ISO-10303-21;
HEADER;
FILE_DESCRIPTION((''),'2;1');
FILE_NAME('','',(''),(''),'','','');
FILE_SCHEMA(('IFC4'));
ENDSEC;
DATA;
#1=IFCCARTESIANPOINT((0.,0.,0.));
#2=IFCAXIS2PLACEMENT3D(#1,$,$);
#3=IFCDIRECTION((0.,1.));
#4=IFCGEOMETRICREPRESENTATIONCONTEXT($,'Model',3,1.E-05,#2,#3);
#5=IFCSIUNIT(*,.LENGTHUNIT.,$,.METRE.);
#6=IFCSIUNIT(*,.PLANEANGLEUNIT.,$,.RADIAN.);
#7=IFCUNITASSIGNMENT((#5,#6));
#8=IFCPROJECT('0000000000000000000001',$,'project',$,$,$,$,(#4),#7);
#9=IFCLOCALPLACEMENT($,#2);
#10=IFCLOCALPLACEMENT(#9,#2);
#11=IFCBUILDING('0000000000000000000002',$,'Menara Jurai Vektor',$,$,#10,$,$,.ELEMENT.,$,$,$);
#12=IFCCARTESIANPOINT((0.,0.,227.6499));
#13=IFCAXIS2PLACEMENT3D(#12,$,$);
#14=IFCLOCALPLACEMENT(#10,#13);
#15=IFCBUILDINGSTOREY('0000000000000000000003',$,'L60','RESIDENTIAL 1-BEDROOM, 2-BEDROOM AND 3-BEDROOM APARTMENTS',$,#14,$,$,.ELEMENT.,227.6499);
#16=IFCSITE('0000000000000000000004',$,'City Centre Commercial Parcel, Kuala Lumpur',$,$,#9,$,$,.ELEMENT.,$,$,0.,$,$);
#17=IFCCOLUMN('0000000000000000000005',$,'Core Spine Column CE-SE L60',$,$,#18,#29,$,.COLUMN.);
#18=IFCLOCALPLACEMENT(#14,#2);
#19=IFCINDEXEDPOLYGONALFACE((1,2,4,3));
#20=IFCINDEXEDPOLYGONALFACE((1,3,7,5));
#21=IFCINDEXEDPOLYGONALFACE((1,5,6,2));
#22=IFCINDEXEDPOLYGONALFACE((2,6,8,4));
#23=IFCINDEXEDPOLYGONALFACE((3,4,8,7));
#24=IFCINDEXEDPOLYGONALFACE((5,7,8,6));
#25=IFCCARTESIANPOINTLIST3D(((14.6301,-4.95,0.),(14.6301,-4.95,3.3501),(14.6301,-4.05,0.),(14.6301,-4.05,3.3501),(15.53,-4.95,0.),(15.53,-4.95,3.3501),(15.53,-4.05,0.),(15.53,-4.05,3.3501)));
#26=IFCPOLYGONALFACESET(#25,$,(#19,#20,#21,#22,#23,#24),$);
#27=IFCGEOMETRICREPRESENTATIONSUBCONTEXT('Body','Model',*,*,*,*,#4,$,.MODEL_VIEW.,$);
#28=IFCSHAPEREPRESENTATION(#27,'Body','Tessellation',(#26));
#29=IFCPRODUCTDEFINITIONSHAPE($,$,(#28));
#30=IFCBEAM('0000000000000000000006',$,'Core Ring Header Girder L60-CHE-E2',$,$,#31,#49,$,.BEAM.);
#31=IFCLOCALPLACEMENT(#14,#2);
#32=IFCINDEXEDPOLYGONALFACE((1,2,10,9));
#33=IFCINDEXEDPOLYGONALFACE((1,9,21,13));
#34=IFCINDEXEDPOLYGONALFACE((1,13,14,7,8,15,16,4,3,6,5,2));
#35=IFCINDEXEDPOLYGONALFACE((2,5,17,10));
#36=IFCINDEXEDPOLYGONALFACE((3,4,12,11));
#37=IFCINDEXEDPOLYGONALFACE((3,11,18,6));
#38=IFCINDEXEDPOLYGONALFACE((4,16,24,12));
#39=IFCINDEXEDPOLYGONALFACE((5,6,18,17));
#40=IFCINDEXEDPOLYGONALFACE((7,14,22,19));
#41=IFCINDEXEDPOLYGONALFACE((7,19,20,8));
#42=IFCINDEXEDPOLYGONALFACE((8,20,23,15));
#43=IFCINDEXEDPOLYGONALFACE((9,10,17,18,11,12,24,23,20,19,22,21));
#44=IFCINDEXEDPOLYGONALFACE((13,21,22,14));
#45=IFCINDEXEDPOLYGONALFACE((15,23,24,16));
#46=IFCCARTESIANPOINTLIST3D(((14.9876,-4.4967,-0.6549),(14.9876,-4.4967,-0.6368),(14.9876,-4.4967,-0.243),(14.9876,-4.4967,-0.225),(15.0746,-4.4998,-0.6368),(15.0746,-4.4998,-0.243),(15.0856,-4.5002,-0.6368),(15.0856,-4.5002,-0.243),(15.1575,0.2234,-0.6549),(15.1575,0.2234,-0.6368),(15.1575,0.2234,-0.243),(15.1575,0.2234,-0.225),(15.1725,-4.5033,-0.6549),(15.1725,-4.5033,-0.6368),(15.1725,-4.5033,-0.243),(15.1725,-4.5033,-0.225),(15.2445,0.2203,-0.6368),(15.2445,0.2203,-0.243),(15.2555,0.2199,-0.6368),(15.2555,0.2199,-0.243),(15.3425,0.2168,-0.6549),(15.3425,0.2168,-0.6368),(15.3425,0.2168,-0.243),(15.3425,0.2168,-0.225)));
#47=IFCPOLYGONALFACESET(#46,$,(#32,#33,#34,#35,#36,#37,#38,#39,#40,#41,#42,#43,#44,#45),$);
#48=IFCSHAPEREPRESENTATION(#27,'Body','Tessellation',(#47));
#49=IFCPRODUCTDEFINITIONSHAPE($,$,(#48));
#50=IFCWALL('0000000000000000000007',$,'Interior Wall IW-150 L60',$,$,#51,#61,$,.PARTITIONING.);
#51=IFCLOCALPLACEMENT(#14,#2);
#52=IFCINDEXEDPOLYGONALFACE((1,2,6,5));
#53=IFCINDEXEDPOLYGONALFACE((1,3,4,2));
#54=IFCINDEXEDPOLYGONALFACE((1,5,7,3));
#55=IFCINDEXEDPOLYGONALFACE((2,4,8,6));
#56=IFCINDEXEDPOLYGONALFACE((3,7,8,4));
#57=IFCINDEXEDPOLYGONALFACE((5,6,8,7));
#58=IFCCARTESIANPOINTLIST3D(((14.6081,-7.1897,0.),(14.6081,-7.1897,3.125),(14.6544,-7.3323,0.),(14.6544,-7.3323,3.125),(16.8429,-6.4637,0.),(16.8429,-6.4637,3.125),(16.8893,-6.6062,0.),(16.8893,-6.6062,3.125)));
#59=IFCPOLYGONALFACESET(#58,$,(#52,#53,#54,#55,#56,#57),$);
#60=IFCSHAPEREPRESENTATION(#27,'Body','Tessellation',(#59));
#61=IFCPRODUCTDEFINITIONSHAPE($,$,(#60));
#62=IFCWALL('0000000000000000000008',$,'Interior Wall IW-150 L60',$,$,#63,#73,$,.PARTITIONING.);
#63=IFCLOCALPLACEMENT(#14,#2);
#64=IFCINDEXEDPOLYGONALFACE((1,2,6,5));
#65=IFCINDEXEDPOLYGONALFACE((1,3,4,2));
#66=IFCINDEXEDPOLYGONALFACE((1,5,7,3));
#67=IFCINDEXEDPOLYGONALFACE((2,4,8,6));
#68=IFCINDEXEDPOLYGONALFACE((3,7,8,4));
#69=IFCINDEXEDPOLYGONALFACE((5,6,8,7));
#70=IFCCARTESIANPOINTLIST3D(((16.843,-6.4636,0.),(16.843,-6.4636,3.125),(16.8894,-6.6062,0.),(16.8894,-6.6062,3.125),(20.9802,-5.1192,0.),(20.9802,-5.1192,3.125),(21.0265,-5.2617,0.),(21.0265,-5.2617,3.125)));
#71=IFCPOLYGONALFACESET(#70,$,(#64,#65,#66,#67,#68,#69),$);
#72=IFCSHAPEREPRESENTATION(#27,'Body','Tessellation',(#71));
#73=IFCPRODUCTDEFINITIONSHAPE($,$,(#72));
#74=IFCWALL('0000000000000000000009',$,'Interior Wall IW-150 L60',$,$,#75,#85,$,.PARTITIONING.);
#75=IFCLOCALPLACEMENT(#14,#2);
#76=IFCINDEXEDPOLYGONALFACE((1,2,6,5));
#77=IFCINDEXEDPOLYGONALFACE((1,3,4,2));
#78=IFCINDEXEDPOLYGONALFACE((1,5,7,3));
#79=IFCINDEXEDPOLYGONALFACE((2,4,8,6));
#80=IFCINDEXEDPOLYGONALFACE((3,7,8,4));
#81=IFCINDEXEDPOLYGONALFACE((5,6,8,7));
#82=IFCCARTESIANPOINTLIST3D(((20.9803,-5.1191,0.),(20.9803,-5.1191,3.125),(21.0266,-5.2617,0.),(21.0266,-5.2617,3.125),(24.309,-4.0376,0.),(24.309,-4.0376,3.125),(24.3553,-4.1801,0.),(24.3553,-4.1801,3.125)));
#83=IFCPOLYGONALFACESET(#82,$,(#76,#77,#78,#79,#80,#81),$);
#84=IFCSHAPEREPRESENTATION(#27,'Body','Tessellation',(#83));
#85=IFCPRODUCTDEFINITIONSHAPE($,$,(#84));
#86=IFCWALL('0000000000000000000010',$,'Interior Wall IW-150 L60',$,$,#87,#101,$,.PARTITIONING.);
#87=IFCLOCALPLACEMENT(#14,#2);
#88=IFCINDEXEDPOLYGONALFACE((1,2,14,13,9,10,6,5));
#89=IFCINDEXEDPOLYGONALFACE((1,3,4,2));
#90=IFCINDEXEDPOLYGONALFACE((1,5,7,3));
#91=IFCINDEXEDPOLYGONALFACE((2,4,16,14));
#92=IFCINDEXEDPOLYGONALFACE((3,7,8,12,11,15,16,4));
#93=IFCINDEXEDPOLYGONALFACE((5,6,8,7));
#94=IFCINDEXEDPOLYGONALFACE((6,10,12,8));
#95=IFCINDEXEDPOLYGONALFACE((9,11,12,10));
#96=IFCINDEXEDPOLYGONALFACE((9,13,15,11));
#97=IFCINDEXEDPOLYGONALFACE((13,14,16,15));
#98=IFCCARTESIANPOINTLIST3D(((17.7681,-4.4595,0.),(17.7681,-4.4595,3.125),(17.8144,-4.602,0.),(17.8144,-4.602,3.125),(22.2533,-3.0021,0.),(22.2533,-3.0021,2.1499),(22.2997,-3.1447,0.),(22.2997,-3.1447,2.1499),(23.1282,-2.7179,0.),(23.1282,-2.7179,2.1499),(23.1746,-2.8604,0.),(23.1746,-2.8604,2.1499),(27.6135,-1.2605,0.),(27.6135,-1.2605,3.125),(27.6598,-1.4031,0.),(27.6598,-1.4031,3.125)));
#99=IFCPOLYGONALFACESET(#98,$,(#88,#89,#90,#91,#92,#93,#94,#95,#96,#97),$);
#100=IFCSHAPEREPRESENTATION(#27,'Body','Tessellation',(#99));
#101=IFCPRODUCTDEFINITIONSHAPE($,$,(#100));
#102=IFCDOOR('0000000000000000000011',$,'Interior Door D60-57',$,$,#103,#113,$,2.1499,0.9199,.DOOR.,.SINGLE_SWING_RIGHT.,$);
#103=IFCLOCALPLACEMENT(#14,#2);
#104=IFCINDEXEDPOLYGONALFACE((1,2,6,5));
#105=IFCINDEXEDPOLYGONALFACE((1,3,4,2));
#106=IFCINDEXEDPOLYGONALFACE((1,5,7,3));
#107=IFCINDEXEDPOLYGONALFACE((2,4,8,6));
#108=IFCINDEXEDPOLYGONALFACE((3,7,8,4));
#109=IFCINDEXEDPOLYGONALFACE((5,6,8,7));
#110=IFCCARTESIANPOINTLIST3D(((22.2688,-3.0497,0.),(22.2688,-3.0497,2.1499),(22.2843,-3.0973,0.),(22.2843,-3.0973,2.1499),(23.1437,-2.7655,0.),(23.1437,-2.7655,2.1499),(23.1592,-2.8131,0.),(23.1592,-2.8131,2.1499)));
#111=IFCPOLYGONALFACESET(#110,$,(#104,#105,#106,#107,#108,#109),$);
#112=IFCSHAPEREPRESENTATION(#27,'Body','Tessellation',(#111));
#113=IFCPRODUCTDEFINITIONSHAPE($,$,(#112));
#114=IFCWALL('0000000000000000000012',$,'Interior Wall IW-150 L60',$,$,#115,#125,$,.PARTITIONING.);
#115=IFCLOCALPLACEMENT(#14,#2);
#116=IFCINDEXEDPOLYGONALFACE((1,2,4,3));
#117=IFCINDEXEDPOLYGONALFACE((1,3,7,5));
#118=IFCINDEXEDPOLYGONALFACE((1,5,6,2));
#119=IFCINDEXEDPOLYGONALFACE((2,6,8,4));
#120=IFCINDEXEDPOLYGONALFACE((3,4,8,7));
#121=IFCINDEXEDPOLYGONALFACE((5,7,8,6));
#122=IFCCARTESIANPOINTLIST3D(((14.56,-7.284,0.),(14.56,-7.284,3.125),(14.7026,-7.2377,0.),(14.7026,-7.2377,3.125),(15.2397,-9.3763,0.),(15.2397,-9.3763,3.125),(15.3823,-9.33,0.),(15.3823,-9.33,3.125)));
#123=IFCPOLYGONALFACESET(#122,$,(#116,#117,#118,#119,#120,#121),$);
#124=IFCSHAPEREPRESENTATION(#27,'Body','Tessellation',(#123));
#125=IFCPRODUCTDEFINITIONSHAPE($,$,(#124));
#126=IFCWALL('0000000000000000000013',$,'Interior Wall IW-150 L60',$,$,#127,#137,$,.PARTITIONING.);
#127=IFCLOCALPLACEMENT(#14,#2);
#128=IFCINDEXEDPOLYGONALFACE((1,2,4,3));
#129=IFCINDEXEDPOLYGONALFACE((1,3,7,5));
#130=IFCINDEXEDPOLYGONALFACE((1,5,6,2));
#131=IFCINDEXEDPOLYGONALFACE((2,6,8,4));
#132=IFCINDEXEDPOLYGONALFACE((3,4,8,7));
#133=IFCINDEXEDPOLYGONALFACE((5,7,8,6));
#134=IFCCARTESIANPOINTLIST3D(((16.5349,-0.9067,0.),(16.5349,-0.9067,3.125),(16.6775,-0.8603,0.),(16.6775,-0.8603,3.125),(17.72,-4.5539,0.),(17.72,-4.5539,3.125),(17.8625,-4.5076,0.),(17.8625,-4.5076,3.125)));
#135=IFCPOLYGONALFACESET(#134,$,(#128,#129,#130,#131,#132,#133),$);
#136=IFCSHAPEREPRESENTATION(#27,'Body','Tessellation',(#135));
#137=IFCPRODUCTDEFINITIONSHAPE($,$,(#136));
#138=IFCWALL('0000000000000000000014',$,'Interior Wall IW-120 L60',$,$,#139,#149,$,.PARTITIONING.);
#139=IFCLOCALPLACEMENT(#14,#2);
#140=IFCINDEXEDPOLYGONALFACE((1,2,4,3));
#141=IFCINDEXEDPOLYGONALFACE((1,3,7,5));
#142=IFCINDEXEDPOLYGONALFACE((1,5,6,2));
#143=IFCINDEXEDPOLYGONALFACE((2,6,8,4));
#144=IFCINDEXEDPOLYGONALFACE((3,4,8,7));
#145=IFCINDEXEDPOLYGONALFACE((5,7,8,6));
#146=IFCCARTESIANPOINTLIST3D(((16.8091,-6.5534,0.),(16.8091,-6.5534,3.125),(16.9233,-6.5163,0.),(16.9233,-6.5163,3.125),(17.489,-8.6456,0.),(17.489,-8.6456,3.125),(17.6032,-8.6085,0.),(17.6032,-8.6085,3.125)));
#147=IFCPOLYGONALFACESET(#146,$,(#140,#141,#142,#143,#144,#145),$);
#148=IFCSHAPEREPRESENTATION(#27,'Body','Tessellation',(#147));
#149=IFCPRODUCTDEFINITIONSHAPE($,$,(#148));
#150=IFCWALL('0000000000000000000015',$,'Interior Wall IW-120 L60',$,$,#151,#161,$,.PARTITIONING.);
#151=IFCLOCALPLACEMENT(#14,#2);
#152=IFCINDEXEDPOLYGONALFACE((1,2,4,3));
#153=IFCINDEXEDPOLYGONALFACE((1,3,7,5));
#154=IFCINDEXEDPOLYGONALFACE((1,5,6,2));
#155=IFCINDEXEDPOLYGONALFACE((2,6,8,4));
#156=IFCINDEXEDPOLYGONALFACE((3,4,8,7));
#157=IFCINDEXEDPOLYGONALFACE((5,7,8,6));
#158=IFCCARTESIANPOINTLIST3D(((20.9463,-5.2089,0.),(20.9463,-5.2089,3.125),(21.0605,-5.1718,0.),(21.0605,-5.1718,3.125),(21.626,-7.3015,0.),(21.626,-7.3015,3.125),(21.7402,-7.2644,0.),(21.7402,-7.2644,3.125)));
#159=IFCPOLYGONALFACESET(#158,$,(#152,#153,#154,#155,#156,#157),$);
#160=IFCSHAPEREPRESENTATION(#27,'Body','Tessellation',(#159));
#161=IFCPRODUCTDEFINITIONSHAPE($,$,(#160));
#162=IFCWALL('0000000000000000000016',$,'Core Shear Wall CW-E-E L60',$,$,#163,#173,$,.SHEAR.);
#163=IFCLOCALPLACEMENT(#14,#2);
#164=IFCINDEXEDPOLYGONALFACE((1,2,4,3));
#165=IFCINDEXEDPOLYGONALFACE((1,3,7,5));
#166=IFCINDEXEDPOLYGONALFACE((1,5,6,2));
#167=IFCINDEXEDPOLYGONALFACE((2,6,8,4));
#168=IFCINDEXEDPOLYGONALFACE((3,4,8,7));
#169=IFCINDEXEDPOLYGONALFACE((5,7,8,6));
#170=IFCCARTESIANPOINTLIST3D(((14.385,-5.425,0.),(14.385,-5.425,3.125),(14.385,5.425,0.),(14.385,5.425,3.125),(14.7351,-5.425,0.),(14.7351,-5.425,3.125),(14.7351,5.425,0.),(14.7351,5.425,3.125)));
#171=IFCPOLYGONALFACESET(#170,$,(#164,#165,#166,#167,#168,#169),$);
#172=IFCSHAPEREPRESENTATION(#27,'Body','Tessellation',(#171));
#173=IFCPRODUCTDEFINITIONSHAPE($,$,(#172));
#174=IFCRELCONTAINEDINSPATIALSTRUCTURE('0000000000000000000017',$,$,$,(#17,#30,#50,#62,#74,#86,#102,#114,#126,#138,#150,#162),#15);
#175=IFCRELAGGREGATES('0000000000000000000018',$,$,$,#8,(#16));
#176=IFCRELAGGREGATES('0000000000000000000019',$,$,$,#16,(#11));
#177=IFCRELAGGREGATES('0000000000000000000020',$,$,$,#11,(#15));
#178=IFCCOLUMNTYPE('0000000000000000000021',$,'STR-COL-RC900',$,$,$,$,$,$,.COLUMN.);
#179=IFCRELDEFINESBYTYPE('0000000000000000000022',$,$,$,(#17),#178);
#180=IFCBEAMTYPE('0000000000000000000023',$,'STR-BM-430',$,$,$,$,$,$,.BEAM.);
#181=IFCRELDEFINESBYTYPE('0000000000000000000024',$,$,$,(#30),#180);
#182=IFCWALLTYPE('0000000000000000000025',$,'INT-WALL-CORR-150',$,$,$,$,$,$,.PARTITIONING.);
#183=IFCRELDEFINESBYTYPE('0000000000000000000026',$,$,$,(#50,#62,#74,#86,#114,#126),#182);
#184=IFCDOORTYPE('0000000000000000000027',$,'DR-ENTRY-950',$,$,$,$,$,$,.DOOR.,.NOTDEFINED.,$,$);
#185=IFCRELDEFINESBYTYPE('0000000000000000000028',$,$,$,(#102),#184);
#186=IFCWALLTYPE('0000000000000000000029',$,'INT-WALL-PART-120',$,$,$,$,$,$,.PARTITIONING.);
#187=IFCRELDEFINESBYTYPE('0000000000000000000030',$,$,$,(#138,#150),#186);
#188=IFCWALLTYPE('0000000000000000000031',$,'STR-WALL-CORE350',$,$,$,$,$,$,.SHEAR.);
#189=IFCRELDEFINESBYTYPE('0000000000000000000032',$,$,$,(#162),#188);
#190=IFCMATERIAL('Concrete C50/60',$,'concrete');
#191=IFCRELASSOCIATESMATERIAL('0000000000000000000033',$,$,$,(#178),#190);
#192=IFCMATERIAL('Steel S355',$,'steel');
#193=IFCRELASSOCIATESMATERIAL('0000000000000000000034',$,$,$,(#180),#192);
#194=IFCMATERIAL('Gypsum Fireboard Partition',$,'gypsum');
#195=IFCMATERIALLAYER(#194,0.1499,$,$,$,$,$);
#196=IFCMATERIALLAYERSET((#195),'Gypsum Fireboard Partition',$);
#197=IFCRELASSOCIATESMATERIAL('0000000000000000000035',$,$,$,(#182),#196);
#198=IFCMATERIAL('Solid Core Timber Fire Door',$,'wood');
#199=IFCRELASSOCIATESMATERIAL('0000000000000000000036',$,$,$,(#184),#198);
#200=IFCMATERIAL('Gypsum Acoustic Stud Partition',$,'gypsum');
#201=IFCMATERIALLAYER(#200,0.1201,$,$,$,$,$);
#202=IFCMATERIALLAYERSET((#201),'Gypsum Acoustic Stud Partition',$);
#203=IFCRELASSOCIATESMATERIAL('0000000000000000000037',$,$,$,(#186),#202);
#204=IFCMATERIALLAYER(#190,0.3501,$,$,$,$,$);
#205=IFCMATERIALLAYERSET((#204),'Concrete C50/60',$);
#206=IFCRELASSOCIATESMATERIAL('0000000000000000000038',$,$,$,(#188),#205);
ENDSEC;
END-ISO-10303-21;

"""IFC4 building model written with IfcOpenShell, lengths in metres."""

from ifc_helpers import new_model, si_unit, direction, frame, frame_2d, origin, origin_2d, place, context, subcontext, project, spatial, rectangle, i_section, extrude, material, layer, layer_set, material_profile, profile_set, type_object, element, fill, save


model = new_model("IFC4")

# Units and contexts
model_context = context("Model", 3, precision=1e-05, world=origin(), true_north=direction((0.0, 1.0)))
body_context = subcontext(model_context, "Body", "Model", "MODEL_VIEW")
ifc_project = project(units=[si_unit("LENGTHUNIT", "METRE"), si_unit("PLANEANGLEUNIT", "RADIAN")], contexts=[model_context])

# Site, building, storey
site_placement = place(None, origin())
site = spatial("IfcSite", under=ifc_project, at=site_placement, Name="City Centre Commercial Parcel, Kuala Lumpur", CompositionType="ELEMENT", RefElevation=0.0)
building_placement = place(site_placement, origin())
building = spatial("IfcBuilding", under=site, at=building_placement, Name="Menara Jurai Vektor", CompositionType="ELEMENT")
storey_placement = place(building_placement, frame((0.0, 0.0, 227.6499)))
storey = spatial("IfcBuildingStorey", under=building, at=storey_placement, Name="L60", Description="RESIDENTIAL 1-BEDROOM, 2-BEDROOM AND 3-BEDROOM APARTMENTS", CompositionType="ELEMENT", Elevation=227.6499)

# Column
ifc_material_1 = material(Name="Concrete C50/60", Category="concrete")
ifc_material_profile_1 = material_profile(ifc_material_1, rectangle(XDim=0.8999, YDim=0.8999, at=origin_2d()), Name="RC 900x900")
ifc_profile_set_1 = profile_set([ifc_material_profile_1], Name="Concrete C50/60")
column_type = type_object("IfcColumnType", Name="STR-COL-RC900", PredefinedType="COLUMN", material=ifc_profile_set_1)
column_placement = place(storey_placement, frame((15.0801, -4.5, 0.0), z_axis=(0.0, 0.0, 1.0), x_axis=(1.0, 0.0, 0.0)))
element("IfcColumn", 1, at=column_placement, inside=storey, type_object=column_type, Name="Core Spine Column CE-SE L60", PredefinedType="COLUMN", context=body_context, shape_type="SweptSolid", body=[
    extrude(rectangle(XDim=0.8999, YDim=0.8999, at=origin_2d()), origin(), (0.0, 0.0, 1.0), 3.3501),
])

# Beam
ifc_material_2 = material(Name="Steel S355", Category="steel")
ifc_material_profile_2 = material_profile(ifc_material_2, i_section(OverallWidth=0.1851, OverallDepth=0.4299, WebThickness=0.011, FlangeThickness=0.0181, at=origin_2d()), Name="PG 430x185x76")
ifc_profile_set_2 = profile_set([ifc_material_profile_2], Name="Steel S355")
beam_type = type_object("IfcBeamType", Name="STR-BM-430", PredefinedType="BEAM", material=ifc_profile_set_2)
beam_placement = place(storey_placement, frame((15.0801, -4.5, -0.4399), z_axis=(0.035977, 0.999353, 0.0), x_axis=(-0.999353, 0.035977, 0.0)))
element("IfcBeam", 2, at=beam_placement, inside=storey, type_object=beam_type, Name="Core Ring Header Girder L60-CHE-E2", PredefinedType="BEAM", context=body_context, shape_type="SweptSolid", body=[
    extrude(i_section(OverallWidth=0.1851, OverallDepth=0.4299, WebThickness=0.011, FlangeThickness=0.0181, at=origin_2d()), origin(), (0.0, 0.0, 1.0), 4.7231),
])

# Walls
ifc_material_3 = material(Name="Gypsum Fireboard Partition", Category="gypsum")
ifc_layer_1 = layer(ifc_material_3, 0.1499)
ifc_layer_set_1 = layer_set([ifc_layer_1], Name="Gypsum Fireboard Partition")
wall_type_1 = type_object("IfcWallType", Name="INT-WALL-CORR-150", PredefinedType="PARTITIONING", material=ifc_layer_set_1)
wall_1_placement = place(storey_placement, frame((14.6313, -7.261, 0.0), z_axis=(0.0, 0.0, 1.0), x_axis=(0.951066, 0.308987, 0.0)))
element("IfcWall", 3, at=wall_1_placement, inside=storey, type_object=wall_type_1, Name="Interior Wall IW-150 L60", PredefinedType="PARTITIONING", context=body_context, shape_type="SweptSolid", body=[
    extrude(rectangle(XDim=2.3499, YDim=0.1499, at=frame_2d((1.1748, 0.0))), origin(), (0.0, 0.0, 1.0), 3.125),
])
wall_2_placement = place(storey_placement, frame((16.8662, -6.5349, 0.0), z_axis=(0.0, 0.0, 1.0), x_axis=(0.951041, 0.309063, 0.0)))
element("IfcWall", 4, at=wall_2_placement, inside=storey, type_object=wall_type_1, Name="Interior Wall IW-150 L60", PredefinedType="PARTITIONING", context=body_context, shape_type="SweptSolid", body=[
    extrude(rectangle(XDim=4.3501, YDim=0.1499, at=frame_2d((2.175, 0.0))), origin(), (0.0, 0.0, 1.0), 3.125),
])
wall_3_placement = place(storey_placement, frame((21.0034, -5.1904, 0.0), z_axis=(0.0, 0.0, 1.0), x_axis=(0.951056, 0.30902, 0.0)))
element("IfcWall", 5, at=wall_3_placement, inside=storey, type_object=wall_type_1, Name="Interior Wall IW-150 L60", PredefinedType="PARTITIONING", context=body_context, shape_type="SweptSolid", body=[
    extrude(rectangle(XDim=3.5, YDim=0.1499, at=frame_2d((1.75, 0.0))), origin(), (0.0, 0.0, 1.0), 3.125),
])

# Wall, opening, door
ifc_material_4 = material(Name="Solid Core Timber Fire Door", Category="wood")
door_type_1 = type_object("IfcDoorType", Name="DR-ENTRY-950", OperationType="NOTDEFINED", PredefinedType="DOOR", material=ifc_material_4)
wall_4_placement = place(storey_placement, frame((17.7913, -4.5308, 0.0), z_axis=(0.0, 0.0, 1.0), x_axis=(0.951057, 0.309016, 0.0)))
wall_4 = element("IfcWall", 6, at=wall_4_placement, inside=storey, type_object=wall_type_1, Name="Interior Wall IW-150 L60", PredefinedType="PARTITIONING", context=body_context, shape_type="SweptSolid", body=[
    extrude(rectangle(XDim=10.3521, YDim=0.1499, at=frame_2d((5.176, 0.0))), origin(), (0.0, 0.0, 1.0), 3.125),
])
opening_1_placement = place(wall_4_placement, frame((4.7161, 0.0, 0.0)))
opening_1 = element("IfcOpeningElement", 7, at=opening_1_placement, cuts=wall_4, PredefinedType="OPENING", context=body_context, shape_type="SweptSolid", body=[
    extrude(rectangle(XDim=0.9199, YDim=2.1499, at=frame_2d((0.46, 1.075))), frame((0.0, 0.085, 0.0), z_axis=(0.0, -1.0, 0.0), x_axis=(1.0, 0.0, 0.0)), (0.0, 0.0, 1.0), 0.1699),
])
door_1_placement = place(opening_1_placement, origin())
door_1 = element("IfcDoor", 8, at=door_1_placement, inside=storey, type_object=door_type_1, Name="Interior Door D60-57", OperationType="SINGLE_SWING_RIGHT", OverallHeight=2.1499, OverallWidth=0.9199, PredefinedType="DOOR", context=body_context, shape_type="SweptSolid", body=[
    extrude(rectangle(XDim=0.9199, YDim=2.1499, at=frame_2d((0.46, 1.075))), frame((0.0, 0.0249, 0.0), z_axis=(0.0, -1.0, 0.0), x_axis=(1.0, 0.0, 0.0)), (0.0, 0.0, 1.0), 0.05),
])
fill(opening_1, door_1)

# Wall
wall_5_placement = place(storey_placement, frame((15.311, -9.3533, 0.0), z_axis=(0.0, 0.0, 1.0), x_axis=(-0.308961, 0.951075, 0.0)))
element("IfcWall", 9, at=wall_5_placement, inside=storey, type_object=wall_type_1, Name="Interior Wall IW-150 L60", PredefinedType="PARTITIONING", context=body_context, shape_type="SweptSolid", body=[
    extrude(rectangle(XDim=2.2, YDim=0.1499, at=frame_2d((1.1001, 0.0))), origin(), (0.0, 0.0, 1.0), 3.125),
])

# Walls
wall_6_placement = place(storey_placement, frame((17.7913, -4.5308, 0.0), z_axis=(0.0, 0.0, 1.0), x_axis=(-0.309018, 0.951056, 0.0)))
element("IfcWall", 10, at=wall_6_placement, inside=storey, type_object=wall_type_1, Name="Interior Wall IW-150 L60", PredefinedType="PARTITIONING", context=body_context, shape_type="SweptSolid", body=[
    extrude(rectangle(XDim=3.835, YDim=0.1499, at=frame_2d((1.9175, 0.0))), origin(), (0.0, 0.0, 1.0), 3.125),
])
ifc_material_5 = material(Name="Gypsum Acoustic Stud Partition", Category="gypsum")
ifc_layer_2 = layer(ifc_material_5, 0.1201)
ifc_layer_set_2 = layer_set([ifc_layer_2], Name="Gypsum Acoustic Stud Partition")
wall_type_2 = type_object("IfcWallType", Name="INT-WALL-PART-120", PredefinedType="PARTITIONING", material=ifc_layer_set_2)
wall_7_placement = place(storey_placement, frame((17.5461, -8.6272, 0.0), z_axis=(0.0, 0.0, 1.0), x_axis=(-0.309061, 0.951042, 0.0)))
element("IfcWall", 11, at=wall_7_placement, inside=storey, type_object=wall_type_2, Name="Interior Wall IW-120 L60", PredefinedType="PARTITIONING", context=body_context, shape_type="SweptSolid", body=[
    extrude(rectangle(XDim=2.2, YDim=0.1201, at=frame_2d((1.1001, 0.0))), origin(), (0.0, 0.0, 1.0), 3.125),
])
wall_8_placement = place(storey_placement, frame((21.6831, -7.283, 0.0), z_axis=(0.0, 0.0, 1.0), x_axis=(-0.308928, 0.951085, 0.0)))
element("IfcWall", 12, at=wall_8_placement, inside=storey, type_object=wall_type_2, Name="Interior Wall IW-120 L60", PredefinedType="PARTITIONING", context=body_context, shape_type="SweptSolid", body=[
    extrude(rectangle(XDim=2.2002, YDim=0.1201, at=frame_2d((1.1001, 0.0))), origin(), (0.0, 0.0, 1.0), 3.125),
])
ifc_layer_3 = layer(ifc_material_1, 0.3501)
ifc_layer_set_3 = layer_set([ifc_layer_3], Name="Concrete C50/60")
wall_type_3 = type_object("IfcWallType", Name="STR-WALL-CORE350", PredefinedType="SHEAR", material=ifc_layer_set_3)
wall_9_placement = place(storey_placement, frame((14.5601, -5.425, 0.0), z_axis=(0.0, 0.0, 1.0), x_axis=(0.0, 1.0, 0.0)))
element("IfcWall", 13, at=wall_9_placement, inside=storey, type_object=wall_type_3, Name="Core Shear Wall CW-E-E L60", PredefinedType="SHEAR", context=body_context, shape_type="SweptSolid", body=[
    extrude(rectangle(XDim=10.8501, YDim=0.3501, at=frame_2d((5.425, 0.0))), origin(), (0.0, 0.0, 1.0), 3.125),
])

save(model, "model.ifc")
